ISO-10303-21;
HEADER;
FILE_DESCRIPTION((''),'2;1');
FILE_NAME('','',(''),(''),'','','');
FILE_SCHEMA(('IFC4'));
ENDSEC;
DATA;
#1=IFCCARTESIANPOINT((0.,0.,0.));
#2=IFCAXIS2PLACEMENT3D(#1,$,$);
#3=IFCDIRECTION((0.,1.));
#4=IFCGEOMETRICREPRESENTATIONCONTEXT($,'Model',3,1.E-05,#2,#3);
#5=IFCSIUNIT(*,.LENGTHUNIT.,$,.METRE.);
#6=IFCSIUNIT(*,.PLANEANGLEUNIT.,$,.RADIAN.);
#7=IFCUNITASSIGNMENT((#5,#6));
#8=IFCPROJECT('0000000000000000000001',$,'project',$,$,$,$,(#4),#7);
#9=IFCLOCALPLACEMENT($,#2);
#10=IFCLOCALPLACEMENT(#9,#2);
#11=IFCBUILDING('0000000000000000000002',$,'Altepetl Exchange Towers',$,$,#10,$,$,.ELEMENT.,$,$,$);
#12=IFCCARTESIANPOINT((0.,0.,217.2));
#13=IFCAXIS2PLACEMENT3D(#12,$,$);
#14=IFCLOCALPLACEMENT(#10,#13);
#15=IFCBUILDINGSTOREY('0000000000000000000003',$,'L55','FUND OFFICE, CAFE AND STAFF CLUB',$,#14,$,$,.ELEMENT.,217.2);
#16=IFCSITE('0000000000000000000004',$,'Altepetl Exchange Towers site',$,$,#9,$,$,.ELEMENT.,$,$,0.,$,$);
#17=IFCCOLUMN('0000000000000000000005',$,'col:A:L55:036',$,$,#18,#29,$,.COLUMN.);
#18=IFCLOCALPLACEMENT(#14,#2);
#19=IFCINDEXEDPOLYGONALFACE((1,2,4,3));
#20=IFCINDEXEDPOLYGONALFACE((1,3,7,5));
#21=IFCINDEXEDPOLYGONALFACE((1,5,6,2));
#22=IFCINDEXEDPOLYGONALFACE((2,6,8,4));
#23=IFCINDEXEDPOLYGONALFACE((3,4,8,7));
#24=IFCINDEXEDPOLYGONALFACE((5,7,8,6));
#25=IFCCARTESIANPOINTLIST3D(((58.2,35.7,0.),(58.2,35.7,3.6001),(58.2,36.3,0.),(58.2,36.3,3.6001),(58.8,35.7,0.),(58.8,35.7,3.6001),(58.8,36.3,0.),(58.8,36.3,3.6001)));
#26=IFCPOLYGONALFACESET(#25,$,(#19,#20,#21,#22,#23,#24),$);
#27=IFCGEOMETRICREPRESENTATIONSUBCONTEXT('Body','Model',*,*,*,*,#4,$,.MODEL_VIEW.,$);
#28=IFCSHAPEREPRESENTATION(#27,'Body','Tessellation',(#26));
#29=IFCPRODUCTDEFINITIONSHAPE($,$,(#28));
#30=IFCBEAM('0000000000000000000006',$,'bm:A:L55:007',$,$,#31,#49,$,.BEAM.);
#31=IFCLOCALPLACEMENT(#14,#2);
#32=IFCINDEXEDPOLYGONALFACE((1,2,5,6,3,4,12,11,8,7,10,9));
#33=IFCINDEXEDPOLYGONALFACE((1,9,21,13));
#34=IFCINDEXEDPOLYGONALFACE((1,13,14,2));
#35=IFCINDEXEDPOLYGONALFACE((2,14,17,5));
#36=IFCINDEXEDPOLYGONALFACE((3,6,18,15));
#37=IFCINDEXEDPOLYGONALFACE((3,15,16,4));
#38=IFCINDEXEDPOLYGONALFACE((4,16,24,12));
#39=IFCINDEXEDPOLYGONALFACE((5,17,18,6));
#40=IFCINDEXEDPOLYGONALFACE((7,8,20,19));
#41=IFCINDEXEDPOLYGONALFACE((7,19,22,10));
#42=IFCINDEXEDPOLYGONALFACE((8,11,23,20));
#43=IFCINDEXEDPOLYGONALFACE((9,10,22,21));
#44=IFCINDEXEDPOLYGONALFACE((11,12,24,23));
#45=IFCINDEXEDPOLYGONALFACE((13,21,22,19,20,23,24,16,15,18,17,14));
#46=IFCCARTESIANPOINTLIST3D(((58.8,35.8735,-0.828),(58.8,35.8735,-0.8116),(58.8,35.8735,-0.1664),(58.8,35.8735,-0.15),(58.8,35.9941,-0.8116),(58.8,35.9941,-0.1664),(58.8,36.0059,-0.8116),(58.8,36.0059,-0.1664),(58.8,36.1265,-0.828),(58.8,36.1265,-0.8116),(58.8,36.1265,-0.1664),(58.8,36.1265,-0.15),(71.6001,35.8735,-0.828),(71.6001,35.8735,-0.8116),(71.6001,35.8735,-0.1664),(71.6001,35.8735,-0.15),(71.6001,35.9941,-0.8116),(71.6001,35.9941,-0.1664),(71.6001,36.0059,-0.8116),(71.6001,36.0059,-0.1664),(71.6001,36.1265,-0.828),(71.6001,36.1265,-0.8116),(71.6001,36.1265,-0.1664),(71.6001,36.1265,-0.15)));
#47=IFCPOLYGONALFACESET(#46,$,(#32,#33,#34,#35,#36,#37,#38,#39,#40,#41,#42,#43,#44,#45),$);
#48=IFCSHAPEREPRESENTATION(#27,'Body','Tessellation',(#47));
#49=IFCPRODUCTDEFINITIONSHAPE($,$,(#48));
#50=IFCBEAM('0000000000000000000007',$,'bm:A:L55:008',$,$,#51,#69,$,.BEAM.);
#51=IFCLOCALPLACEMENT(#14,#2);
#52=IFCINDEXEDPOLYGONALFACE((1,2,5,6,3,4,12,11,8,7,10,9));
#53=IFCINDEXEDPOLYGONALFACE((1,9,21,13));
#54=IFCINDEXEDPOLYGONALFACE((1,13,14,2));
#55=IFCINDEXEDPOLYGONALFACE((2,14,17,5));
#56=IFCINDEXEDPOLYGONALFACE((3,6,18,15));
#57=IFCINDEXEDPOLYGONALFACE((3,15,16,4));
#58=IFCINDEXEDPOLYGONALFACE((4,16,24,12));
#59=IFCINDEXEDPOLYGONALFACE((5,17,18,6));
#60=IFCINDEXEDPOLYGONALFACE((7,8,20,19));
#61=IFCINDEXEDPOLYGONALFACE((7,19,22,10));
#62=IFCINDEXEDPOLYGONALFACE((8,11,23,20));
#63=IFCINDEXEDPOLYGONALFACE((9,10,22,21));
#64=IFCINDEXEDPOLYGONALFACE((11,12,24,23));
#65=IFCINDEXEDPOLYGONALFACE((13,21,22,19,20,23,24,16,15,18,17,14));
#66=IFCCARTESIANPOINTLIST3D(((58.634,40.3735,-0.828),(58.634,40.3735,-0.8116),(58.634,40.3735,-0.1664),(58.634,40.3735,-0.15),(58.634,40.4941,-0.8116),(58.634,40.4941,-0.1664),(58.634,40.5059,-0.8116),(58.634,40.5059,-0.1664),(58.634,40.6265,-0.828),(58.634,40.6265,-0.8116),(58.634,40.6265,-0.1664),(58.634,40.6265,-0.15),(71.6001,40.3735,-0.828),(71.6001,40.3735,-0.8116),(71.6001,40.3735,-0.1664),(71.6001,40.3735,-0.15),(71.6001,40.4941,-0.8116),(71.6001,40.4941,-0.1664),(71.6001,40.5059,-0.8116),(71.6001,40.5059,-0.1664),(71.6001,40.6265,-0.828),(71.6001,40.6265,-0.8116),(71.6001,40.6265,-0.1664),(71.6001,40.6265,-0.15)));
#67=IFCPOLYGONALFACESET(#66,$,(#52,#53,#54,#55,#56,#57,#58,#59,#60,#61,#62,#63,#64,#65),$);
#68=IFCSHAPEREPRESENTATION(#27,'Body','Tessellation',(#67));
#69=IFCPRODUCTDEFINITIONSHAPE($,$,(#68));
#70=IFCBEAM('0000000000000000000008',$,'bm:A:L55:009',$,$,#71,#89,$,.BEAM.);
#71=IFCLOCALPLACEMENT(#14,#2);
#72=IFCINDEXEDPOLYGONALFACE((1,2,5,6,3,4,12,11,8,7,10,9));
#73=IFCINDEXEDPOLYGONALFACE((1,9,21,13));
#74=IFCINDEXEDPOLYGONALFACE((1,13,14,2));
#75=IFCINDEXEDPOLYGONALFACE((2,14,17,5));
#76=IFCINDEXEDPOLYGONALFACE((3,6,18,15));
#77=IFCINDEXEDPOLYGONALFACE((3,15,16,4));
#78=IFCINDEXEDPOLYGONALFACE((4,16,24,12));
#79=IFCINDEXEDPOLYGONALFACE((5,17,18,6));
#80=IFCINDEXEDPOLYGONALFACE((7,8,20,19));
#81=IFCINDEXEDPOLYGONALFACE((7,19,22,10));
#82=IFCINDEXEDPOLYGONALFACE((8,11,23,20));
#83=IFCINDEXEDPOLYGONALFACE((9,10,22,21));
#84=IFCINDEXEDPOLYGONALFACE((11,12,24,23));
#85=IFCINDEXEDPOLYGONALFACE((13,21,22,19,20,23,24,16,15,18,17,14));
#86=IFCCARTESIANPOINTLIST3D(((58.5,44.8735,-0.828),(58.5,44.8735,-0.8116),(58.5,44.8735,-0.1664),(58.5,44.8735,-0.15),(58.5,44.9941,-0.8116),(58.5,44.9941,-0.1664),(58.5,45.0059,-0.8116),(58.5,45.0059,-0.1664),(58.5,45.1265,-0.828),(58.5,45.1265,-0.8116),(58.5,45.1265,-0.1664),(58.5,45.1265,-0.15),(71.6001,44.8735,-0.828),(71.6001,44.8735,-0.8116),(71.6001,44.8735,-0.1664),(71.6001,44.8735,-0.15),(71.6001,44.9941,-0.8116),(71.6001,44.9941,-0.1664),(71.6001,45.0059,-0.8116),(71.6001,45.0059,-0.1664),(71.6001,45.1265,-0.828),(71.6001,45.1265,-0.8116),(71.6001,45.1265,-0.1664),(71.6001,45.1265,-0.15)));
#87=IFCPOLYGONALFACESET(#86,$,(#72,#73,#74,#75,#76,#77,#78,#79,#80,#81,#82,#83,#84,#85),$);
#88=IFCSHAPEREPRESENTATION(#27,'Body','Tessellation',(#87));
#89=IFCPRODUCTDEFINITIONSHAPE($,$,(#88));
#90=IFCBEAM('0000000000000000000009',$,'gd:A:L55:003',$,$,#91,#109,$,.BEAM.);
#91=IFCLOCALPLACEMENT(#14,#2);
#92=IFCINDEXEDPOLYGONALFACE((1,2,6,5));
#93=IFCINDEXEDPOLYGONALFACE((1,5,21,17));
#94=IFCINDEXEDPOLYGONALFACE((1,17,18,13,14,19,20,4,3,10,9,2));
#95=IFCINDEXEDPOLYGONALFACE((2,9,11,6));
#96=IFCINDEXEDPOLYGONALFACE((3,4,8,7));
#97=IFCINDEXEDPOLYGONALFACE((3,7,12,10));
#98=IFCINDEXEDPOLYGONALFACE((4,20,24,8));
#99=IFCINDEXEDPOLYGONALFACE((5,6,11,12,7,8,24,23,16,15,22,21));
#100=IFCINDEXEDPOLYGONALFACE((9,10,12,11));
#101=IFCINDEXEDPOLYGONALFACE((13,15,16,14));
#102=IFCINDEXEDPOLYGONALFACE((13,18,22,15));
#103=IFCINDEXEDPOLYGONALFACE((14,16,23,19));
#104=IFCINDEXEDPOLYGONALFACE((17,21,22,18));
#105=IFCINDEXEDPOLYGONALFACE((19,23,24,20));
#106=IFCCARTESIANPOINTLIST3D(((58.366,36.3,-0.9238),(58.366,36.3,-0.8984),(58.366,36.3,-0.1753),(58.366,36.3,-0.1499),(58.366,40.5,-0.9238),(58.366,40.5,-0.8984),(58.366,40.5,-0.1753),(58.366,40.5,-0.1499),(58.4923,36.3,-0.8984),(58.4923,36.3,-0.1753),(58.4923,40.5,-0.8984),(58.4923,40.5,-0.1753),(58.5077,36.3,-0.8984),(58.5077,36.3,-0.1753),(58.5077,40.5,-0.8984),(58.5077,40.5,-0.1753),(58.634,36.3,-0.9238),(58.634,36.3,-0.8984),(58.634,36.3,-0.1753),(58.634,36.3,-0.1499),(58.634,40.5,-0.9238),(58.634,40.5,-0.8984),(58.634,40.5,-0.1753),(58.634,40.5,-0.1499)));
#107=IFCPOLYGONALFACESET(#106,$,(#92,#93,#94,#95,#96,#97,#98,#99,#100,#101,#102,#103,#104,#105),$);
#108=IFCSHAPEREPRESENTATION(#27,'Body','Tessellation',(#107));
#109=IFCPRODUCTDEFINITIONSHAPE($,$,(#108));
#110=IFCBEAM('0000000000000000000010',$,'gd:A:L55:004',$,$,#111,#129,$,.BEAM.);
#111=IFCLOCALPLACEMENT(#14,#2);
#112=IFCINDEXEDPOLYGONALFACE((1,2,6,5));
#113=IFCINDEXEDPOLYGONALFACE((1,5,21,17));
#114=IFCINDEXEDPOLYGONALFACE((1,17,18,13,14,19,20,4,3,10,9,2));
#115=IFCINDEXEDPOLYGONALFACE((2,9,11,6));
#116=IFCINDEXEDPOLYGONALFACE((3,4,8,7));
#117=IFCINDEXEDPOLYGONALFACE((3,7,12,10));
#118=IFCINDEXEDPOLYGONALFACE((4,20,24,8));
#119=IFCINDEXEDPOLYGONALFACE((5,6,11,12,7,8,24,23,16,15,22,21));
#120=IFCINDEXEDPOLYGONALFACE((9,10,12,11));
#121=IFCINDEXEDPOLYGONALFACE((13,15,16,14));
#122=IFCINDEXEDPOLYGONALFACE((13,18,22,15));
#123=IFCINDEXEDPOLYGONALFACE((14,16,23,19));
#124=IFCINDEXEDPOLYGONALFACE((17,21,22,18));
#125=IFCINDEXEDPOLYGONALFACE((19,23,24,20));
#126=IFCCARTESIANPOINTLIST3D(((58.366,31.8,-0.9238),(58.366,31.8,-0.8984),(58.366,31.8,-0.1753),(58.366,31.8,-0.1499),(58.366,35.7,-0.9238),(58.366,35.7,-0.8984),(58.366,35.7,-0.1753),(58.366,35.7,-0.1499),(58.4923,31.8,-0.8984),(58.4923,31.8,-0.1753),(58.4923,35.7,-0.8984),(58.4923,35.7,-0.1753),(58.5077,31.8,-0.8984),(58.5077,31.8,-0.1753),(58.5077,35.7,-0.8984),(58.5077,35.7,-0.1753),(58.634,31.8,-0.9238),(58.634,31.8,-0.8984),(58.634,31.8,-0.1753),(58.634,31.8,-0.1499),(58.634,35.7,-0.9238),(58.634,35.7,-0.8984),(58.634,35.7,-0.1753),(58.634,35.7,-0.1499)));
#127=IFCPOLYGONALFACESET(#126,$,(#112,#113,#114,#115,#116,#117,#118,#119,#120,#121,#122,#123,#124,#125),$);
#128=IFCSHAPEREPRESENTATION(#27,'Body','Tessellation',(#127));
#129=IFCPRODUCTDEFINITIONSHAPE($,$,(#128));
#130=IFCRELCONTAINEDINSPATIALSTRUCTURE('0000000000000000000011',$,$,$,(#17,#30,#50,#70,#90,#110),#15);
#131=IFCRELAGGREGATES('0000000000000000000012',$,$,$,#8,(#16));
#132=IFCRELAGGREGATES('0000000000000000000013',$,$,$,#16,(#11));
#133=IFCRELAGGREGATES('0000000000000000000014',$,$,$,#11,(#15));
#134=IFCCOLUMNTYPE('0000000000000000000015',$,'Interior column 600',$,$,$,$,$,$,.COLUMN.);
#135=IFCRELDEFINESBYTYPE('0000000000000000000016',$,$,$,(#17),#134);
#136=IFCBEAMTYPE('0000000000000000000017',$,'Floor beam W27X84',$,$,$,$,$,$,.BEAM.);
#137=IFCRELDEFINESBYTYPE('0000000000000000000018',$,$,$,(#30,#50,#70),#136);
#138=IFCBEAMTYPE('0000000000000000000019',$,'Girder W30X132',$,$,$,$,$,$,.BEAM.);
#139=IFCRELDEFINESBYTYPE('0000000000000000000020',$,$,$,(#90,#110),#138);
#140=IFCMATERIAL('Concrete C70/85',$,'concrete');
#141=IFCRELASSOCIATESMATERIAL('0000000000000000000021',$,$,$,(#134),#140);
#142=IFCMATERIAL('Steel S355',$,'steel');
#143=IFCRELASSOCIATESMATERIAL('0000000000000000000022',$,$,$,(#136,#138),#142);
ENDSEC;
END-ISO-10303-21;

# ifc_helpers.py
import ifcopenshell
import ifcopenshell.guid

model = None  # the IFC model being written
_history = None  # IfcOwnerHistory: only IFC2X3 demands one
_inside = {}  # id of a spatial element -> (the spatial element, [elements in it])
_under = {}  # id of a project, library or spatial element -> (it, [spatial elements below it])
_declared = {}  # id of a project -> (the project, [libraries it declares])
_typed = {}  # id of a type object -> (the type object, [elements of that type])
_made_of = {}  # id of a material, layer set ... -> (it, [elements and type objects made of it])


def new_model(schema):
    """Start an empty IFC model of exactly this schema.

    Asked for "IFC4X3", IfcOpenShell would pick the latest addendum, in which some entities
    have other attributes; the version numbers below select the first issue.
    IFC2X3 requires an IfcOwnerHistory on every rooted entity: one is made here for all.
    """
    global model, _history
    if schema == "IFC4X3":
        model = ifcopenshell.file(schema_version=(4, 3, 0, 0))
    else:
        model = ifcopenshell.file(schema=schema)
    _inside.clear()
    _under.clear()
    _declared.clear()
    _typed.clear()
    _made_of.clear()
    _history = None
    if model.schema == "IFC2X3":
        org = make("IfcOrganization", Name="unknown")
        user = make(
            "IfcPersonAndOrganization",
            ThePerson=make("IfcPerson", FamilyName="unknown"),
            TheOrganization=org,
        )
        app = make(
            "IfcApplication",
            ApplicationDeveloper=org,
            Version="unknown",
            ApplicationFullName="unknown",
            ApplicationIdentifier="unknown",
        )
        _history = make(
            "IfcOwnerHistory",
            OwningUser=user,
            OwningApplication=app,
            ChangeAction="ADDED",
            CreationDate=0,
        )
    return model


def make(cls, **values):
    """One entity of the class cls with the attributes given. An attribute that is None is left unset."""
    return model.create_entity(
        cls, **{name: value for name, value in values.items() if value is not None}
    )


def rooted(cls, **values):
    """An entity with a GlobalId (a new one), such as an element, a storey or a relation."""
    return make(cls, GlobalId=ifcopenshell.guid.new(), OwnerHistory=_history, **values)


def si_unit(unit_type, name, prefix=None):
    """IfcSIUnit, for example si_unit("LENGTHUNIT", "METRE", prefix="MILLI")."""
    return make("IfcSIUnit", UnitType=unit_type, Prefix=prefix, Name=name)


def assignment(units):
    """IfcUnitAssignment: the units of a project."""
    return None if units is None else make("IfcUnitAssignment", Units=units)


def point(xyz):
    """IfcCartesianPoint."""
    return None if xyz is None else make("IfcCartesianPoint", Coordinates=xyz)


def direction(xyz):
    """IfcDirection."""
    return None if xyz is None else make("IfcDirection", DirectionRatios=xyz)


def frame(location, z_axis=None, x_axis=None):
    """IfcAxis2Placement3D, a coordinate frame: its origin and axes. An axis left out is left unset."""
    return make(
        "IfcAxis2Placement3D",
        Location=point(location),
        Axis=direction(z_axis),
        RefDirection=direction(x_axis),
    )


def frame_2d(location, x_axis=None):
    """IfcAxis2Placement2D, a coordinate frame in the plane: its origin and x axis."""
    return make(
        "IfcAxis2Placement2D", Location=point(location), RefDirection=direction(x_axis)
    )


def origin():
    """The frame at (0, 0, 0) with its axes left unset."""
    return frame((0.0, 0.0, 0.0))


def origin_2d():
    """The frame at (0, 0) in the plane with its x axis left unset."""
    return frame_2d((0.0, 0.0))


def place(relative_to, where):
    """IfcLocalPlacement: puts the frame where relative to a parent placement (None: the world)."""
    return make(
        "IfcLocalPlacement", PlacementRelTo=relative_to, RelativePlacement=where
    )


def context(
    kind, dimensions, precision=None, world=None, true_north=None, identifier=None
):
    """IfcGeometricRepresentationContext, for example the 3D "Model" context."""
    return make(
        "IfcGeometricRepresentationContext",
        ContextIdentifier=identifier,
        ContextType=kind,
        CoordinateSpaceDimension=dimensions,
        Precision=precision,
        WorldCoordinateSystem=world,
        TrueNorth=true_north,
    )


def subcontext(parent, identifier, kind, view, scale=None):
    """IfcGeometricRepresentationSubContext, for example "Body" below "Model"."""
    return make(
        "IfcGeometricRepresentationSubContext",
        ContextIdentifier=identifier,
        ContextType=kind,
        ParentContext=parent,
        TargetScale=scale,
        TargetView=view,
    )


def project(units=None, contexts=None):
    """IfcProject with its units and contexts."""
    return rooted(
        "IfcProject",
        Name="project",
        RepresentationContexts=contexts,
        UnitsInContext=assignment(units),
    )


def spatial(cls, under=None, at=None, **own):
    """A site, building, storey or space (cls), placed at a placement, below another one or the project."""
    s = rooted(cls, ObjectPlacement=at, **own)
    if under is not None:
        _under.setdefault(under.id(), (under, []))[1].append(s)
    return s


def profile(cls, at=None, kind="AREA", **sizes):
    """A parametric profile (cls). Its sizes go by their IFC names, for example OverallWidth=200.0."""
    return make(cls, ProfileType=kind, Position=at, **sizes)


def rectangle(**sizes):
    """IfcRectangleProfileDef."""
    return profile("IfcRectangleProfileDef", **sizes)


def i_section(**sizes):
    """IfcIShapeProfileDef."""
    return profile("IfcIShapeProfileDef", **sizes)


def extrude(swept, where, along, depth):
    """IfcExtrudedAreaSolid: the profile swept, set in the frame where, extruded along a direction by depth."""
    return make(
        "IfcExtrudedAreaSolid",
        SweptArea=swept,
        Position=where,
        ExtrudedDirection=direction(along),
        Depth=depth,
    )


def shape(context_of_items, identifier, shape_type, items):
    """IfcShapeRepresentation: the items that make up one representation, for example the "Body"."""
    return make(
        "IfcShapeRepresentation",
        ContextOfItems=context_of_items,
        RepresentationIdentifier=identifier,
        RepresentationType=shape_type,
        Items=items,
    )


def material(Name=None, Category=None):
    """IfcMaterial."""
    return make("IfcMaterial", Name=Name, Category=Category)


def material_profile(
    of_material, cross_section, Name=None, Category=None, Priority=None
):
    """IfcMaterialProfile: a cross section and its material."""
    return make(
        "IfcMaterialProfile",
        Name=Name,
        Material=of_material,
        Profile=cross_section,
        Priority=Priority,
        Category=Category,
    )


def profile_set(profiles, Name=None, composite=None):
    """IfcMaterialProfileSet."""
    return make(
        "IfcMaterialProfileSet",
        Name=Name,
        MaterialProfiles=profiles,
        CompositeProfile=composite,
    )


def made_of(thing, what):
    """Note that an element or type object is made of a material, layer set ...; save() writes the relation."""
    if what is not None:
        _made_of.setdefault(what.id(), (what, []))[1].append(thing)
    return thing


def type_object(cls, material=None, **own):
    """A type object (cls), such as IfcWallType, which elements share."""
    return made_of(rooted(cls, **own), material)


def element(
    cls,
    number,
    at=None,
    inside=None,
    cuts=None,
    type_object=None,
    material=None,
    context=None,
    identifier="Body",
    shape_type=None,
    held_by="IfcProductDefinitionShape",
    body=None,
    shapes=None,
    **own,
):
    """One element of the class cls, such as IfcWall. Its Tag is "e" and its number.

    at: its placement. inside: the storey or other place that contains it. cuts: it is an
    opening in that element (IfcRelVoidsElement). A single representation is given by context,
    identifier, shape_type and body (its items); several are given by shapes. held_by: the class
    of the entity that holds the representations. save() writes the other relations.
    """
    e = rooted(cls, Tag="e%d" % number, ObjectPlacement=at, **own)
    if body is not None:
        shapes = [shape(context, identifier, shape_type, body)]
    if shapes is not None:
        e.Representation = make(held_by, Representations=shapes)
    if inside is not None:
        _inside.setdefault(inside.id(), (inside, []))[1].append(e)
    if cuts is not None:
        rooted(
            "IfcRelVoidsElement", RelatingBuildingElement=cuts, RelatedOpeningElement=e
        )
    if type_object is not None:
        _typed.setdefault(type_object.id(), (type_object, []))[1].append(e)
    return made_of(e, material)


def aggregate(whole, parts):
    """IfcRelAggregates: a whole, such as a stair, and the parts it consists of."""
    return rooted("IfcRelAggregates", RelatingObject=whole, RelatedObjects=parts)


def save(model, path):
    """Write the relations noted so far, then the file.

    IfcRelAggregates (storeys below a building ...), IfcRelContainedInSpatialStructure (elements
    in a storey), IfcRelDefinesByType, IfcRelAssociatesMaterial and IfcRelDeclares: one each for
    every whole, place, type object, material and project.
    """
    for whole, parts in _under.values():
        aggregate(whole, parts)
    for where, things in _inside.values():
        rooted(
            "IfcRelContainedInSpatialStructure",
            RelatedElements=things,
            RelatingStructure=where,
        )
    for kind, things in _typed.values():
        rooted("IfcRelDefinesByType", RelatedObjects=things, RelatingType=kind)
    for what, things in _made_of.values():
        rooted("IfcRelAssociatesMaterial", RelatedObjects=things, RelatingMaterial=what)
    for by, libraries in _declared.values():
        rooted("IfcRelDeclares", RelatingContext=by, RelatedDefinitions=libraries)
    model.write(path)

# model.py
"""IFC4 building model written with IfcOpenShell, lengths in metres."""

from ifc_helpers import new_model, si_unit, direction, frame, origin, origin_2d, place, context, subcontext, project, spatial, rectangle, i_section, extrude, material, material_profile, profile_set, type_object, element, save


model = new_model("IFC4")

# Units and contexts
model_context = context("Model", 3, precision=1e-05, world=origin(), true_north=direction((0.0, 1.0)))
body_context = subcontext(model_context, "Body", "Model", "MODEL_VIEW")
ifc_project = project(units=[si_unit("LENGTHUNIT", "METRE"), si_unit("PLANEANGLEUNIT", "RADIAN")], contexts=[model_context])

# Site, building, storey
site_placement = place(None, origin())
site = spatial("IfcSite", under=ifc_project, at=site_placement, Name="Altepetl Exchange Towers site", CompositionType="ELEMENT", RefElevation=0.0)
building_placement = place(site_placement, origin())
building = spatial("IfcBuilding", under=site, at=building_placement, Name="Altepetl Exchange Towers", CompositionType="ELEMENT")
storey_placement = place(building_placement, frame((0.0, 0.0, 217.2)))
storey = spatial("IfcBuildingStorey", under=building, at=storey_placement, Name="L55", Description="FUND OFFICE, CAFE AND STAFF CLUB", CompositionType="ELEMENT", Elevation=217.2)

# Column
ifc_material_1 = material(Name="Concrete C70/85", Category="concrete")
ifc_material_profile_1 = material_profile(ifc_material_1, rectangle(XDim=0.6001, YDim=0.6001, at=origin_2d()), Name="600 x 600")
ifc_profile_set_1 = profile_set([ifc_material_profile_1], Name="Concrete C70/85")
column_type = type_object("IfcColumnType", Name="Interior column 600", PredefinedType="COLUMN", material=ifc_profile_set_1)
column_placement = place(storey_placement, frame((58.5, 36.0, 0.0)))
element("IfcColumn", 1, at=column_placement, inside=storey, type_object=column_type, Name="col:A:L55:036", PredefinedType="COLUMN", context=body_context, shape_type="SweptSolid", body=[
    extrude(rectangle(XDim=0.6001, YDim=0.6001, at=origin_2d()), origin(), (0.0, 0.0, 1.0), 3.6001),
])

# Beams
ifc_material_2 = material(Name="Steel S355", Category="steel")
ifc_material_profile_2 = material_profile(ifc_material_2, i_section(OverallWidth=0.2529, OverallDepth=0.678, WebThickness=0.0117, FlangeThickness=0.0164, at=origin_2d()), Name="W27X84")
ifc_profile_set_2 = profile_set([ifc_material_profile_2], Name="Steel S355")
beam_type_1 = type_object("IfcBeamType", Name="Floor beam W27X84", PredefinedType="BEAM", material=ifc_profile_set_2)
beam_1_placement = place(storey_placement, frame((58.8, 36.0, -0.489), z_axis=(1.0, 0.0, 0.0), x_axis=(0.0, 1.0, 0.0)))
element("IfcBeam", 2, at=beam_1_placement, inside=storey, type_object=beam_type_1, Name="bm:A:L55:007", PredefinedType="BEAM", context=body_context, shape_type="SweptSolid", body=[
    extrude(i_section(OverallWidth=0.2529, OverallDepth=0.678, WebThickness=0.0117, FlangeThickness=0.0164, at=origin_2d()), origin(), (0.0, 0.0, 1.0), 12.8),
])
beam_2_placement = place(storey_placement, frame((58.634, 40.5, -0.489), z_axis=(1.0, 0.0, 0.0), x_axis=(0.0, 1.0, 0.0)))
element("IfcBeam", 3, at=beam_2_placement, inside=storey, type_object=beam_type_1, Name="bm:A:L55:008", PredefinedType="BEAM", context=body_context, shape_type="SweptSolid", body=[
    extrude(i_section(OverallWidth=0.2529, OverallDepth=0.678, WebThickness=0.0117, FlangeThickness=0.0164, at=origin_2d()), origin(), (0.0, 0.0, 1.0), 12.9661),
])
beam_3_placement = place(storey_placement, frame((58.5, 45.0, -0.489), z_axis=(1.0, 0.0, 0.0), x_axis=(0.0, 1.0, 0.0)))
element("IfcBeam", 4, at=beam_3_placement, inside=storey, type_object=beam_type_1, Name="bm:A:L55:009", PredefinedType="BEAM", context=body_context, shape_type="SweptSolid", body=[
    extrude(i_section(OverallWidth=0.2529, OverallDepth=0.678, WebThickness=0.0117, FlangeThickness=0.0164, at=origin_2d()), origin(), (0.0, 0.0, 1.0), 13.1001),
])
ifc_material_profile_3 = material_profile(ifc_material_2, i_section(OverallWidth=0.2681, OverallDepth=0.7739, WebThickness=0.0154, FlangeThickness=0.0254, at=origin_2d()), Name="W30X132")
ifc_profile_set_3 = profile_set([ifc_material_profile_3], Name="Steel S355")
beam_type_2 = type_object("IfcBeamType", Name="Girder W30X132", PredefinedType="BEAM", material=ifc_profile_set_3)
beam_4_placement = place(storey_placement, frame((58.5, 40.5, -0.5369), z_axis=(0.0, -1.0, 0.0), x_axis=(1.0, 0.0, 0.0)))
element("IfcBeam", 5, at=beam_4_placement, inside=storey, type_object=beam_type_2, Name="gd:A:L55:003", PredefinedType="BEAM", context=body_context, shape_type="SweptSolid", body=[
    extrude(i_section(OverallWidth=0.2681, OverallDepth=0.7739, WebThickness=0.0154, FlangeThickness=0.0254, at=origin_2d()), origin(), (0.0, 0.0, 1.0), 4.2),
])
beam_5_placement = place(storey_placement, frame((58.5, 35.7, -0.5369), z_axis=(0.0, -1.0, 0.0), x_axis=(1.0, 0.0, 0.0)))
element("IfcBeam", 6, at=beam_5_placement, inside=storey, type_object=beam_type_2, Name="gd:A:L55:004", PredefinedType="BEAM", context=body_context, shape_type="SweptSolid", body=[
    extrude(i_section(OverallWidth=0.2681, OverallDepth=0.7739, WebThickness=0.0154, FlangeThickness=0.0254, at=origin_2d()), origin(), (0.0, 0.0, 1.0), 3.8999),
])

save(model, "model.ifc")
